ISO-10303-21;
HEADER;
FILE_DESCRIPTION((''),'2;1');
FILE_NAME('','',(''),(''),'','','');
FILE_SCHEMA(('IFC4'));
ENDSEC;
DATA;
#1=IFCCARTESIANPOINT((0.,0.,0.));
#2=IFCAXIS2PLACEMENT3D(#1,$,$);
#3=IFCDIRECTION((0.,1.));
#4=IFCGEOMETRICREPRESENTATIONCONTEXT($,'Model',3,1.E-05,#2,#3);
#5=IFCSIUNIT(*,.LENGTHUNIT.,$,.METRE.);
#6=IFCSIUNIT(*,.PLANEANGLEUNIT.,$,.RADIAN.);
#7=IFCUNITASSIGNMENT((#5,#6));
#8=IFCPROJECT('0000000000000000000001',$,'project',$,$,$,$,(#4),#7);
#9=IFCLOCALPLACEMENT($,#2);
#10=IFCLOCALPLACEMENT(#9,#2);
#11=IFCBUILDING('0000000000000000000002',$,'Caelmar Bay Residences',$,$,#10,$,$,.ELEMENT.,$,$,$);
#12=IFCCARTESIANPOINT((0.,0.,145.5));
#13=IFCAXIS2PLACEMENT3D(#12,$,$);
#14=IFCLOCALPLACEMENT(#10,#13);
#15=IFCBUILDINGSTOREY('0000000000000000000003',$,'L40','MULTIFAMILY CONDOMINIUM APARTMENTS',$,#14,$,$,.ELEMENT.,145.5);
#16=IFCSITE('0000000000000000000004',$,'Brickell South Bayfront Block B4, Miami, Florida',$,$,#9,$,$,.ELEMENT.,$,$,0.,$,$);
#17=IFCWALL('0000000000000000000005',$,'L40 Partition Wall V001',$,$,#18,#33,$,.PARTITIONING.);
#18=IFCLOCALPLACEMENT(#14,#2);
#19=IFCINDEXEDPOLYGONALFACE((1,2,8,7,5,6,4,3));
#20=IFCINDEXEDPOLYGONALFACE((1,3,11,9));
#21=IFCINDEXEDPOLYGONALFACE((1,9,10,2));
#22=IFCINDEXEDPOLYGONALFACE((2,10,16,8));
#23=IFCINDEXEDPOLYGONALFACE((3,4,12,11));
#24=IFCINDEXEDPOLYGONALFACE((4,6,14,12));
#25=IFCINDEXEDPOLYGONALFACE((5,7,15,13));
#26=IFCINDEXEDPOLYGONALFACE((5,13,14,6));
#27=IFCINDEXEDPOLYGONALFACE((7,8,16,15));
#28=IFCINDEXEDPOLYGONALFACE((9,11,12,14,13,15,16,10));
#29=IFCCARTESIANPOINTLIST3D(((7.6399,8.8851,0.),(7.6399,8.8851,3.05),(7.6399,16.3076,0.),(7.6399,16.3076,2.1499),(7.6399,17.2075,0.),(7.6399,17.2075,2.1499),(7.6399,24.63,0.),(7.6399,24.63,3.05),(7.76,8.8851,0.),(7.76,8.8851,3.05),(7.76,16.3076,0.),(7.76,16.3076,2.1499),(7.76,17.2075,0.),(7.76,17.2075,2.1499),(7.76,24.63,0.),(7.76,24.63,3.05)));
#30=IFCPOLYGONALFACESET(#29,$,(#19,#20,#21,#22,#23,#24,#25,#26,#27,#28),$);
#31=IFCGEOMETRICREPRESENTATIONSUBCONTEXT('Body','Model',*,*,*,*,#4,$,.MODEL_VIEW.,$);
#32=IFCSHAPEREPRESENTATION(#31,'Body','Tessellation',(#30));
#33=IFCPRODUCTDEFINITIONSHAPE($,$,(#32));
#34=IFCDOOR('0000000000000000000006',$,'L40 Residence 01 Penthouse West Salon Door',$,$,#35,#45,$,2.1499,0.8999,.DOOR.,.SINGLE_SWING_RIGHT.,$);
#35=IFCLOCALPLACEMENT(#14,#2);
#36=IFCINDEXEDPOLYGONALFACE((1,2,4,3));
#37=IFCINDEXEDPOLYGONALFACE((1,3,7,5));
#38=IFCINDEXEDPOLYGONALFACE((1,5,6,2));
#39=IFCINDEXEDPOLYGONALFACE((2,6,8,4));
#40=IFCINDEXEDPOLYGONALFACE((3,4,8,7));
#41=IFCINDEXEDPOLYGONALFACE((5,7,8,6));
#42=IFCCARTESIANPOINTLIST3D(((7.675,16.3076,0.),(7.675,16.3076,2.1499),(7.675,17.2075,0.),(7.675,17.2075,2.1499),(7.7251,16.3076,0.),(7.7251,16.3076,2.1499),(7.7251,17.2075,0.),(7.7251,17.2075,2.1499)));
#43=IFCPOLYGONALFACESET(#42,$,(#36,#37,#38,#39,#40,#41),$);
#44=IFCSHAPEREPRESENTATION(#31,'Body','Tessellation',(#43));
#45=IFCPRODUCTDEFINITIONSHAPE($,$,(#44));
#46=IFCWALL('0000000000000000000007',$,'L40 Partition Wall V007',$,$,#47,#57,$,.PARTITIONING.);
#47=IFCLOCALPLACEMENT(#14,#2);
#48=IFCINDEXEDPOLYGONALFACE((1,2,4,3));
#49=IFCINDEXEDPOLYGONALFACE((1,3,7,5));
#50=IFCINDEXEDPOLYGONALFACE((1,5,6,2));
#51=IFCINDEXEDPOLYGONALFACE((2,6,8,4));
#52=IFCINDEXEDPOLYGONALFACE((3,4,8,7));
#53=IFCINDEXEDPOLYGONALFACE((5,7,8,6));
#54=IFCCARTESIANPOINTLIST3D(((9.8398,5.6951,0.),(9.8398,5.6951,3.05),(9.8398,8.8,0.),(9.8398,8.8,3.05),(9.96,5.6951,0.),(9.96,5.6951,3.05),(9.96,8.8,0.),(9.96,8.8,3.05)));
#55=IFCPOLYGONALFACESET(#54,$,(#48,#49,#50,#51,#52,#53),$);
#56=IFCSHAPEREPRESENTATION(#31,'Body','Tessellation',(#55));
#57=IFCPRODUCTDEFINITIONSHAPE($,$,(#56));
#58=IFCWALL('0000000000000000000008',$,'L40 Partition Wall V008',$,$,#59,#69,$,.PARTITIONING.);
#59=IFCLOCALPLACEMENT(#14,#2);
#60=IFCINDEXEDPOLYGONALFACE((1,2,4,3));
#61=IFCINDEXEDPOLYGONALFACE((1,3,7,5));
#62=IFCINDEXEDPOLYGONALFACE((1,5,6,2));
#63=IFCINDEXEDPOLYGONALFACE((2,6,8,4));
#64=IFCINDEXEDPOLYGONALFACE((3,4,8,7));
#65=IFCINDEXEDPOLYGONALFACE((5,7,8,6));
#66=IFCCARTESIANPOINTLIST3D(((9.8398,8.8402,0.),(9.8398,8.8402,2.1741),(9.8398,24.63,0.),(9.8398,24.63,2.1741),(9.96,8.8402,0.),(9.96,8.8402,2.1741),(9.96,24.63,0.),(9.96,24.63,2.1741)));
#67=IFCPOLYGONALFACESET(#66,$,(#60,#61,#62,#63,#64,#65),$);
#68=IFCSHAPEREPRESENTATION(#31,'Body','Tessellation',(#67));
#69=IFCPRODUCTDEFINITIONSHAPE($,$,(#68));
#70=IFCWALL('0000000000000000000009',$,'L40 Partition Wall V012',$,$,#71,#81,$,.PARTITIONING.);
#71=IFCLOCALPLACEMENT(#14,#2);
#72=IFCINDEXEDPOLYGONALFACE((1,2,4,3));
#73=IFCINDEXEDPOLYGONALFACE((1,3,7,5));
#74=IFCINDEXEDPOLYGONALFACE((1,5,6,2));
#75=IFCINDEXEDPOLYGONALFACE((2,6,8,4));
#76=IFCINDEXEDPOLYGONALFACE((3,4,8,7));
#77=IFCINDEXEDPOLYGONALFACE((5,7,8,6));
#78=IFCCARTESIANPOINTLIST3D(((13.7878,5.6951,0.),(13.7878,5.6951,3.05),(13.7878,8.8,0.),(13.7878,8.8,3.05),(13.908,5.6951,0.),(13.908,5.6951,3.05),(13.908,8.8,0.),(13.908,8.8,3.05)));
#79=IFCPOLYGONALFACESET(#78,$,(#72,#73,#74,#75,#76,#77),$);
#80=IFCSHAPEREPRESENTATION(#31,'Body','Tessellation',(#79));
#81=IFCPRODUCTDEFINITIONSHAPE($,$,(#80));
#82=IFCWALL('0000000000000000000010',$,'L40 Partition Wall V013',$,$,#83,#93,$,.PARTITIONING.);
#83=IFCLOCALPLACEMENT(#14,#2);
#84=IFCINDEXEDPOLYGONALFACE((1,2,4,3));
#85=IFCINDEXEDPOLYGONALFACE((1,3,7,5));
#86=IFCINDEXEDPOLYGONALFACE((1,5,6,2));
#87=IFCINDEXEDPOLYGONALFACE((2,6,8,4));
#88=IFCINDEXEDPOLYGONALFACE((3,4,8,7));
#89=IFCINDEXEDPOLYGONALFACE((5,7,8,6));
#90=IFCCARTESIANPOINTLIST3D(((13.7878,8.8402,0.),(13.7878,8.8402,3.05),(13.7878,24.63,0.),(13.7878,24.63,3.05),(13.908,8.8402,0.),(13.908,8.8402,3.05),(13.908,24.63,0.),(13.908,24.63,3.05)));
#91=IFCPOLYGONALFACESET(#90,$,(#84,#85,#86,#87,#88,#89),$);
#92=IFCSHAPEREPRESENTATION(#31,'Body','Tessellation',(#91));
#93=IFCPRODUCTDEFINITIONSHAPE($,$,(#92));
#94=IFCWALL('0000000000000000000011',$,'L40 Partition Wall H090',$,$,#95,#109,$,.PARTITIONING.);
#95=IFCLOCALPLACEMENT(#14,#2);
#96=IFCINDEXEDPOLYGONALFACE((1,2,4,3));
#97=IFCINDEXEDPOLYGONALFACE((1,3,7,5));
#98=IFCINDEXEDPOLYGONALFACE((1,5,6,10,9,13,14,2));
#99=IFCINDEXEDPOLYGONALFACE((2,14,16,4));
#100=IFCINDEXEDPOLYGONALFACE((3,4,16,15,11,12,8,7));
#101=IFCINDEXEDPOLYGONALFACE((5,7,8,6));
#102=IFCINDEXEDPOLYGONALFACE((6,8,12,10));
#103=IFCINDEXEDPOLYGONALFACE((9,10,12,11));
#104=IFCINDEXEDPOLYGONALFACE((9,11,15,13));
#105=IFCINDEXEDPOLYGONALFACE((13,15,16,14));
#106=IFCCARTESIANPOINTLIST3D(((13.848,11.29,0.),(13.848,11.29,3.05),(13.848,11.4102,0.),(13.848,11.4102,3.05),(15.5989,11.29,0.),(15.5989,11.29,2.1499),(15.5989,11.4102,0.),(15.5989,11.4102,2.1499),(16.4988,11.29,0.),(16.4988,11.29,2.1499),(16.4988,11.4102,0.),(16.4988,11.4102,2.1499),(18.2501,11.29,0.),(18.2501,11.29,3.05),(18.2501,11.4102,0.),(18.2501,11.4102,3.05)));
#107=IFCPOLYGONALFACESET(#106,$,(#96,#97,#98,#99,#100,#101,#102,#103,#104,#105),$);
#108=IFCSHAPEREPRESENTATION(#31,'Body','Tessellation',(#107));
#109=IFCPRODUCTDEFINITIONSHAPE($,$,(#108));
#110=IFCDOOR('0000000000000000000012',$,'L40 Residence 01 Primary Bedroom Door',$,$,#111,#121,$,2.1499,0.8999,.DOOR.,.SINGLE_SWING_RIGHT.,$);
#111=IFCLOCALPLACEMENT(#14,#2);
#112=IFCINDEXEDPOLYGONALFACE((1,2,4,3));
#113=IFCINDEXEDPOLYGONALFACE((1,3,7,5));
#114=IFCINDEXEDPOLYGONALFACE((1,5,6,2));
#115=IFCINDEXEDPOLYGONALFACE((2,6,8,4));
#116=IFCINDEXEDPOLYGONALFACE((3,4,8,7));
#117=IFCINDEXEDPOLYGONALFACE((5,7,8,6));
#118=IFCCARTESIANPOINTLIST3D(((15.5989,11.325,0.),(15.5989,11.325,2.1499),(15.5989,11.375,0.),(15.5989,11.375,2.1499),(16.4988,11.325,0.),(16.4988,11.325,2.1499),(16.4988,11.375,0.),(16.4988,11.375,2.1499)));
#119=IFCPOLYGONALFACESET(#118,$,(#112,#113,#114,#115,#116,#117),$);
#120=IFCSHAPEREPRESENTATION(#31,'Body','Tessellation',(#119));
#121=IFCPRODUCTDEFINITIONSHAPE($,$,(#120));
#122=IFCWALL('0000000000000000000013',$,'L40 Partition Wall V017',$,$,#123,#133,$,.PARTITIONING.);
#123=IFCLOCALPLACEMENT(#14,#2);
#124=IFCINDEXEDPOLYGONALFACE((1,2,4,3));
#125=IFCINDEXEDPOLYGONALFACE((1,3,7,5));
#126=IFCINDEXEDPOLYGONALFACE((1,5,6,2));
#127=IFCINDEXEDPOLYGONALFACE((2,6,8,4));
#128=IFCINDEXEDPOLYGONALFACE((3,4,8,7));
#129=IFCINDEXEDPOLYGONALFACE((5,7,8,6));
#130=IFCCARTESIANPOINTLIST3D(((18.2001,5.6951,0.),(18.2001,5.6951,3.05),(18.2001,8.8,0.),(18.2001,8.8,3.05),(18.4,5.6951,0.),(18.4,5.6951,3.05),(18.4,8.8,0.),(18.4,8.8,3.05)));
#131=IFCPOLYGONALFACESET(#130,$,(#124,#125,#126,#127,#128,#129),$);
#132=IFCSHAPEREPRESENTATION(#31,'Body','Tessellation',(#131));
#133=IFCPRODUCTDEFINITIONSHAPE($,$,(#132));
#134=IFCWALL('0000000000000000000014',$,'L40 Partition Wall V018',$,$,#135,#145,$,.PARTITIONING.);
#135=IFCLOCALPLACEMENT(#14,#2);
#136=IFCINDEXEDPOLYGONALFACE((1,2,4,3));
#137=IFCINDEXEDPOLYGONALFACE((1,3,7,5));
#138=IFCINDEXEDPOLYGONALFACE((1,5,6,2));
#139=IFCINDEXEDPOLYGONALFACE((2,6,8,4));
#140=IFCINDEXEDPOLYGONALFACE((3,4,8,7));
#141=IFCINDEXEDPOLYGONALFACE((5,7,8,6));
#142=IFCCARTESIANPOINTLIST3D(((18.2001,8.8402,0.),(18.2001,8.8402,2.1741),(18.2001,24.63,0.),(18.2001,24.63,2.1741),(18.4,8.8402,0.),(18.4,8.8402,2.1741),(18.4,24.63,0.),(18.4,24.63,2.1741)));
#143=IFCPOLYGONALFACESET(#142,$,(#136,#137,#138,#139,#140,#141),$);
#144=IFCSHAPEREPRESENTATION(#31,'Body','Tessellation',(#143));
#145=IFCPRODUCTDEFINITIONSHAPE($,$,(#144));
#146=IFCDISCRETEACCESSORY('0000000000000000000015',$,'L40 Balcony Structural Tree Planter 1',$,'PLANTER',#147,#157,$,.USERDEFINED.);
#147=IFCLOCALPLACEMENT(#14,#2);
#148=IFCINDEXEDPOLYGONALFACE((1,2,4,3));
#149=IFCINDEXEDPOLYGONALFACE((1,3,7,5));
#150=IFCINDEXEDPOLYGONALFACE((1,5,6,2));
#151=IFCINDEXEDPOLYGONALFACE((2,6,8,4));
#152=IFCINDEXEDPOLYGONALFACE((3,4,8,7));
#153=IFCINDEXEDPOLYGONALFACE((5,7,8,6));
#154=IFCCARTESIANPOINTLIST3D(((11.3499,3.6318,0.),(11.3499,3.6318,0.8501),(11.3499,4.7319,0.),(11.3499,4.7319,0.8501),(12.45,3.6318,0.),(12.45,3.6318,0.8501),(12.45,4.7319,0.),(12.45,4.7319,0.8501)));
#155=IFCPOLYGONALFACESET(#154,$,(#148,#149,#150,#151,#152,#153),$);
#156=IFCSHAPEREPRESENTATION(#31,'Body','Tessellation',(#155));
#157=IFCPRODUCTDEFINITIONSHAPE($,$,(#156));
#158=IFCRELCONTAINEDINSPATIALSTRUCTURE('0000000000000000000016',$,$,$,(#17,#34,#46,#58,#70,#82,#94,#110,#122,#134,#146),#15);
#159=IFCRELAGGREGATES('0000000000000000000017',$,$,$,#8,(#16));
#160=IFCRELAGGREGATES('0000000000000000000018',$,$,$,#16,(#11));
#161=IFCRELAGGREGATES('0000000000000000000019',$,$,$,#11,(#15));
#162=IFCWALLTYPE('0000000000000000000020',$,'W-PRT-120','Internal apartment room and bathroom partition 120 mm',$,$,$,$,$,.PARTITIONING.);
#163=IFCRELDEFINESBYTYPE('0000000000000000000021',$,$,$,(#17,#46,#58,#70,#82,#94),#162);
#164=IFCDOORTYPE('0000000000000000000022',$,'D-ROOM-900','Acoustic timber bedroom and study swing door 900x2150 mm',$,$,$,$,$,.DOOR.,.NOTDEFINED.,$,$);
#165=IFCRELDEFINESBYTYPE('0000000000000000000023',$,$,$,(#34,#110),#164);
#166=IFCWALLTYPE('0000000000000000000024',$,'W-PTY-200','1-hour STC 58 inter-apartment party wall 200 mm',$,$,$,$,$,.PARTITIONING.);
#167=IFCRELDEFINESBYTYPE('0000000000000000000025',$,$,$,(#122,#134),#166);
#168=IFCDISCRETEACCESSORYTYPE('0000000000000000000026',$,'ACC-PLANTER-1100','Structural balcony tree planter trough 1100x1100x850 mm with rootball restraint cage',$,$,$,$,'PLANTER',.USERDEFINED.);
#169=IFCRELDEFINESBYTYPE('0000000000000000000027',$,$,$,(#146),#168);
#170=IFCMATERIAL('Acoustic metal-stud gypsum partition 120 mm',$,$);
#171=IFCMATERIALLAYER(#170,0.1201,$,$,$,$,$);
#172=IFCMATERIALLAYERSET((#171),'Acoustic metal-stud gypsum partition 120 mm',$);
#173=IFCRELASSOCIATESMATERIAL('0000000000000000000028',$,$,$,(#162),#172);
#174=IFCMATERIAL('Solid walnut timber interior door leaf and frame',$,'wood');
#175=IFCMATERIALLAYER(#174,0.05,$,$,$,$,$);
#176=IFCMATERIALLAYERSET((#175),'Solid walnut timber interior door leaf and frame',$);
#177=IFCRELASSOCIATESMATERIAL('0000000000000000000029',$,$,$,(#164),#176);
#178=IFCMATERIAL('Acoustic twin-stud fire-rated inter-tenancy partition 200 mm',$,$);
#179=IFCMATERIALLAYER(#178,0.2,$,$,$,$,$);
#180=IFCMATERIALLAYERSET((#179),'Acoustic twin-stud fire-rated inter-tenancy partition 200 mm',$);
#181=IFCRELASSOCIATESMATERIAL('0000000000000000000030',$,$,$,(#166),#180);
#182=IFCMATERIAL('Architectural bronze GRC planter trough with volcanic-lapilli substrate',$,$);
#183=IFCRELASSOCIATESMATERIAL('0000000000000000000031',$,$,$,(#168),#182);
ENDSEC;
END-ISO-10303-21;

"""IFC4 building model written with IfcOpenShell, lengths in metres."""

from ifc_helpers import new_model, si_unit, direction, frame, frame_2d, origin, origin_2d, place, context, subcontext, project, spatial, rectangle, extrude, material, layer, layer_set, type_object, element, fill, save


model = new_model("IFC4")

# Units and contexts
model_context = context("Model", 3, precision=1e-05, world=origin(), true_north=direction((0.0, 1.0)))
body_context = subcontext(model_context, "Body", "Model", "MODEL_VIEW")
ifc_project = project(units=[si_unit("LENGTHUNIT", "METRE"), si_unit("PLANEANGLEUNIT", "RADIAN")], contexts=[model_context])

# Site, building, storey
site_placement = place(None, origin())
site = spatial("IfcSite", under=ifc_project, at=site_placement, Name="Brickell South Bayfront Block B4, Miami, Florida", CompositionType="ELEMENT", RefElevation=0.0)
building_placement = place(site_placement, origin())
building = spatial("IfcBuilding", under=site, at=building_placement, Name="Caelmar Bay Residences", CompositionType="ELEMENT")
storey_placement = place(building_placement, frame((0.0, 0.0, 145.5)))
storey = spatial("IfcBuildingStorey", under=building, at=storey_placement, Name="L40", Description="MULTIFAMILY CONDOMINIUM APARTMENTS", CompositionType="ELEMENT", Elevation=145.5)

# Wall, opening, door
ifc_material_1 = material(Name="Acoustic metal-stud gypsum partition 120 mm")
ifc_layer_1 = layer(ifc_material_1, 0.1201)
ifc_layer_set_1 = layer_set([ifc_layer_1], Name="Acoustic metal-stud gypsum partition 120 mm")
wall_type_1 = type_object("IfcWallType", Name="W-PRT-120", Description="Internal apartment room and bathroom partition 120 mm", PredefinedType="PARTITIONING", material=ifc_layer_set_1)
wall_1_placement = place(storey_placement, frame((7.7, 8.885, 0.0), z_axis=(0.0, 0.0, 1.0), x_axis=(0.0, 1.0, 0.0)))
wall_1 = element("IfcWall", 1, at=wall_1_placement, inside=storey, type_object=wall_type_1, Name="L40 Partition Wall V001", PredefinedType="PARTITIONING", context=body_context, shape_type="SweptSolid", body=[
    extrude(rectangle(XDim=15.7449, YDim=0.1201, at=frame_2d((7.8726, 0.0))), origin(), (0.0, 0.0, 1.0), 3.05),
])
opening_1_placement = place(wall_1_placement, frame((7.4226, 0.0, 0.0)))
opening_1 = element("IfcOpeningElement", 2, at=opening_1_placement, cuts=wall_1, PredefinedType="OPENING", context=body_context, shape_type="SweptSolid", body=[
    extrude(rectangle(XDim=0.8999, YDim=2.1499, at=frame_2d((0.45, 1.075))), frame((0.0, 0.0701, 0.0), z_axis=(0.0, -1.0, 0.0), x_axis=(1.0, 0.0, 0.0)), (0.0, 0.0, 1.0), 0.1401),
])
ifc_material_2 = material(Name="Solid walnut timber interior door leaf and frame", Category="wood")
ifc_layer_2 = layer(ifc_material_2, 0.05)
ifc_layer_set_2 = layer_set([ifc_layer_2], Name="Solid walnut timber interior door leaf and frame")
door_type = type_object("IfcDoorType", Name="D-ROOM-900", Description="Acoustic timber bedroom and study swing door 900x2150 mm", OperationType="NOTDEFINED", PredefinedType="DOOR", material=ifc_layer_set_2)
door_1_placement = place(opening_1_placement, origin())
door_1 = element("IfcDoor", 3, at=door_1_placement, inside=storey, type_object=door_type, Name="L40 Residence 01 Penthouse West Salon Door", OperationType="SINGLE_SWING_RIGHT", OverallHeight=2.1499, OverallWidth=0.8999, PredefinedType="DOOR", context=body_context, shape_type="SweptSolid", body=[
    extrude(rectangle(XDim=0.8999, YDim=2.1499, at=frame_2d((0.45, 1.075))), frame((0.0, 0.0249, 0.0), z_axis=(0.0, -1.0, 0.0), x_axis=(1.0, 0.0, 0.0)), (0.0, 0.0, 1.0), 0.05),
])
fill(opening_1, door_1)

# Walls
wall_2_placement = place(storey_placement, frame((9.8999, 5.6951, 0.0), z_axis=(0.0, 0.0, 1.0), x_axis=(0.0, 1.0, 0.0)))
element("IfcWall", 4, at=wall_2_placement, inside=storey, type_object=wall_type_1, Name="L40 Partition Wall V007", PredefinedType="PARTITIONING", context=body_context, shape_type="SweptSolid", body=[
    extrude(rectangle(XDim=3.105, YDim=0.1201, at=frame_2d((1.5525, 0.0))), origin(), (0.0, 0.0, 1.0), 3.05),
])
wall_3_placement = place(storey_placement, frame((9.8999, 8.8401, 0.0), z_axis=(0.0, 0.0, 1.0), x_axis=(0.0, 1.0, 0.0)))
element("IfcWall", 5, at=wall_3_placement, inside=storey, type_object=wall_type_1, Name="L40 Partition Wall V008", PredefinedType="PARTITIONING", context=body_context, shape_type="SweptSolid", body=[
    extrude(rectangle(XDim=15.7898, YDim=0.1201, at=frame_2d((7.895, 0.0))), origin(), (0.0, 0.0, 1.0), 2.1741),
])
wall_4_placement = place(storey_placement, frame((13.8479, 5.6951, 0.0), z_axis=(0.0, 0.0, 1.0), x_axis=(0.0, 1.0, 0.0)))
element("IfcWall", 6, at=wall_4_placement, inside=storey, type_object=wall_type_1, Name="L40 Partition Wall V012", PredefinedType="PARTITIONING", context=body_context, shape_type="SweptSolid", body=[
    extrude(rectangle(XDim=3.105, YDim=0.1201, at=frame_2d((1.5525, 0.0))), origin(), (0.0, 0.0, 1.0), 3.05),
])
wall_5_placement = place(storey_placement, frame((13.8479, 8.8401, 0.0), z_axis=(0.0, 0.0, 1.0), x_axis=(0.0, 1.0, 0.0)))
element("IfcWall", 7, at=wall_5_placement, inside=storey, type_object=wall_type_1, Name="L40 Partition Wall V013", PredefinedType="PARTITIONING", context=body_context, shape_type="SweptSolid", body=[
    extrude(rectangle(XDim=15.7898, YDim=0.1201, at=frame_2d((7.895, 0.0))), origin(), (0.0, 0.0, 1.0), 3.05),
])

# Wall, opening, door
wall_6_placement = place(storey_placement, frame((13.8479, 11.3501, 0.0), z_axis=(0.0, 0.0, 1.0), x_axis=(1.0, 0.0, 0.0)))
wall_6 = element("IfcWall", 8, at=wall_6_placement, inside=storey, type_object=wall_type_1, Name="L40 Partition Wall H090", PredefinedType="PARTITIONING", context=body_context, shape_type="SweptSolid", body=[
    extrude(rectangle(XDim=4.4021, YDim=0.1201, at=frame_2d((2.2012, 0.0))), origin(), (0.0, 0.0, 1.0), 3.05),
])
opening_2_placement = place(wall_6_placement, frame((1.751, 0.0, 0.0)))
opening_2 = element("IfcOpeningElement", 9, at=opening_2_placement, cuts=wall_6, PredefinedType="OPENING", context=body_context, shape_type="SweptSolid", body=[
    extrude(rectangle(XDim=0.8999, YDim=2.1499, at=frame_2d((0.45, 1.075))), frame((0.0, 0.0701, 0.0), z_axis=(0.0, -1.0, 0.0), x_axis=(1.0, 0.0, 0.0)), (0.0, 0.0, 1.0), 0.1401),
])
door_2_placement = place(opening_2_placement, origin())
door_2 = element("IfcDoor", 10, at=door_2_placement, inside=storey, type_object=door_type, Name="L40 Residence 01 Primary Bedroom Door", OperationType="SINGLE_SWING_RIGHT", OverallHeight=2.1499, OverallWidth=0.8999, PredefinedType="DOOR", context=body_context, shape_type="SweptSolid", body=[
    extrude(rectangle(XDim=0.8999, YDim=2.1499, at=frame_2d((0.45, 1.075))), frame((0.0, 0.0249, 0.0), z_axis=(0.0, -1.0, 0.0), x_axis=(1.0, 0.0, 0.0)), (0.0, 0.0, 1.0), 0.05),
])
fill(opening_2, door_2)

# Walls
ifc_material_3 = material(Name="Acoustic twin-stud fire-rated inter-tenancy partition 200 mm")
ifc_layer_3 = layer(ifc_material_3, 0.2)
ifc_layer_set_3 = layer_set([ifc_layer_3], Name="Acoustic twin-stud fire-rated inter-tenancy partition 200 mm")
wall_type_2 = type_object("IfcWallType", Name="W-PTY-200", Description="1-hour STC 58 inter-apartment party wall 200 mm", PredefinedType="PARTITIONING", material=ifc_layer_set_3)
wall_7_placement = place(storey_placement, frame((18.3, 5.6951, 0.0), z_axis=(0.0, 0.0, 1.0), x_axis=(0.0, 1.0, 0.0)))
element("IfcWall", 11, at=wall_7_placement, inside=storey, type_object=wall_type_2, Name="L40 Partition Wall V017", PredefinedType="PARTITIONING", context=body_context, shape_type="SweptSolid", body=[
    extrude(rectangle(XDim=3.105, YDim=0.2, at=frame_2d((1.5525, 0.0))), origin(), (0.0, 0.0, 1.0), 3.05),
])
wall_8_placement = place(storey_placement, frame((18.3, 8.8401, 0.0), z_axis=(0.0, 0.0, 1.0), x_axis=(0.0, 1.0, 0.0)))
element("IfcWall", 12, at=wall_8_placement, inside=storey, type_object=wall_type_2, Name="L40 Partition Wall V018", PredefinedType="PARTITIONING", context=body_context, shape_type="SweptSolid", body=[
    extrude(rectangle(XDim=15.7898, YDim=0.2, at=frame_2d((7.895, 0.0))), origin(), (0.0, 0.0, 1.0), 2.1741),
])

# Discrete accessory
ifc_material_4 = material(Name="Architectural bronze GRC planter trough with volcanic-lapilli substrate")
discrete_accessory_type = type_object("IfcDiscreteAccessoryType", Name="ACC-PLANTER-1100", Description="Structural balcony tree planter trough 1100x1100x850 mm with rootball restraint cage", ElementType="PLANTER", PredefinedType="USERDEFINED", material=ifc_material_4)
discrete_accessory_placement = place(storey_placement, frame((11.8999, 4.1819, 0.0), z_axis=(0.0, 0.0, 1.0), x_axis=(1.0, 0.0, 0.0)))
element("IfcDiscreteAccessory", 13, at=discrete_accessory_placement, inside=storey, type_object=discrete_accessory_type, Name="L40 Balcony Structural Tree Planter 1", ObjectType="PLANTER", PredefinedType="USERDEFINED", context=body_context, shape_type="SweptSolid", body=[
    extrude(rectangle(XDim=1.1001, YDim=1.1001, at=origin_2d()), origin(), (0.0, 0.0, 1.0), 0.8501),
])

save(model, "model.ifc")
